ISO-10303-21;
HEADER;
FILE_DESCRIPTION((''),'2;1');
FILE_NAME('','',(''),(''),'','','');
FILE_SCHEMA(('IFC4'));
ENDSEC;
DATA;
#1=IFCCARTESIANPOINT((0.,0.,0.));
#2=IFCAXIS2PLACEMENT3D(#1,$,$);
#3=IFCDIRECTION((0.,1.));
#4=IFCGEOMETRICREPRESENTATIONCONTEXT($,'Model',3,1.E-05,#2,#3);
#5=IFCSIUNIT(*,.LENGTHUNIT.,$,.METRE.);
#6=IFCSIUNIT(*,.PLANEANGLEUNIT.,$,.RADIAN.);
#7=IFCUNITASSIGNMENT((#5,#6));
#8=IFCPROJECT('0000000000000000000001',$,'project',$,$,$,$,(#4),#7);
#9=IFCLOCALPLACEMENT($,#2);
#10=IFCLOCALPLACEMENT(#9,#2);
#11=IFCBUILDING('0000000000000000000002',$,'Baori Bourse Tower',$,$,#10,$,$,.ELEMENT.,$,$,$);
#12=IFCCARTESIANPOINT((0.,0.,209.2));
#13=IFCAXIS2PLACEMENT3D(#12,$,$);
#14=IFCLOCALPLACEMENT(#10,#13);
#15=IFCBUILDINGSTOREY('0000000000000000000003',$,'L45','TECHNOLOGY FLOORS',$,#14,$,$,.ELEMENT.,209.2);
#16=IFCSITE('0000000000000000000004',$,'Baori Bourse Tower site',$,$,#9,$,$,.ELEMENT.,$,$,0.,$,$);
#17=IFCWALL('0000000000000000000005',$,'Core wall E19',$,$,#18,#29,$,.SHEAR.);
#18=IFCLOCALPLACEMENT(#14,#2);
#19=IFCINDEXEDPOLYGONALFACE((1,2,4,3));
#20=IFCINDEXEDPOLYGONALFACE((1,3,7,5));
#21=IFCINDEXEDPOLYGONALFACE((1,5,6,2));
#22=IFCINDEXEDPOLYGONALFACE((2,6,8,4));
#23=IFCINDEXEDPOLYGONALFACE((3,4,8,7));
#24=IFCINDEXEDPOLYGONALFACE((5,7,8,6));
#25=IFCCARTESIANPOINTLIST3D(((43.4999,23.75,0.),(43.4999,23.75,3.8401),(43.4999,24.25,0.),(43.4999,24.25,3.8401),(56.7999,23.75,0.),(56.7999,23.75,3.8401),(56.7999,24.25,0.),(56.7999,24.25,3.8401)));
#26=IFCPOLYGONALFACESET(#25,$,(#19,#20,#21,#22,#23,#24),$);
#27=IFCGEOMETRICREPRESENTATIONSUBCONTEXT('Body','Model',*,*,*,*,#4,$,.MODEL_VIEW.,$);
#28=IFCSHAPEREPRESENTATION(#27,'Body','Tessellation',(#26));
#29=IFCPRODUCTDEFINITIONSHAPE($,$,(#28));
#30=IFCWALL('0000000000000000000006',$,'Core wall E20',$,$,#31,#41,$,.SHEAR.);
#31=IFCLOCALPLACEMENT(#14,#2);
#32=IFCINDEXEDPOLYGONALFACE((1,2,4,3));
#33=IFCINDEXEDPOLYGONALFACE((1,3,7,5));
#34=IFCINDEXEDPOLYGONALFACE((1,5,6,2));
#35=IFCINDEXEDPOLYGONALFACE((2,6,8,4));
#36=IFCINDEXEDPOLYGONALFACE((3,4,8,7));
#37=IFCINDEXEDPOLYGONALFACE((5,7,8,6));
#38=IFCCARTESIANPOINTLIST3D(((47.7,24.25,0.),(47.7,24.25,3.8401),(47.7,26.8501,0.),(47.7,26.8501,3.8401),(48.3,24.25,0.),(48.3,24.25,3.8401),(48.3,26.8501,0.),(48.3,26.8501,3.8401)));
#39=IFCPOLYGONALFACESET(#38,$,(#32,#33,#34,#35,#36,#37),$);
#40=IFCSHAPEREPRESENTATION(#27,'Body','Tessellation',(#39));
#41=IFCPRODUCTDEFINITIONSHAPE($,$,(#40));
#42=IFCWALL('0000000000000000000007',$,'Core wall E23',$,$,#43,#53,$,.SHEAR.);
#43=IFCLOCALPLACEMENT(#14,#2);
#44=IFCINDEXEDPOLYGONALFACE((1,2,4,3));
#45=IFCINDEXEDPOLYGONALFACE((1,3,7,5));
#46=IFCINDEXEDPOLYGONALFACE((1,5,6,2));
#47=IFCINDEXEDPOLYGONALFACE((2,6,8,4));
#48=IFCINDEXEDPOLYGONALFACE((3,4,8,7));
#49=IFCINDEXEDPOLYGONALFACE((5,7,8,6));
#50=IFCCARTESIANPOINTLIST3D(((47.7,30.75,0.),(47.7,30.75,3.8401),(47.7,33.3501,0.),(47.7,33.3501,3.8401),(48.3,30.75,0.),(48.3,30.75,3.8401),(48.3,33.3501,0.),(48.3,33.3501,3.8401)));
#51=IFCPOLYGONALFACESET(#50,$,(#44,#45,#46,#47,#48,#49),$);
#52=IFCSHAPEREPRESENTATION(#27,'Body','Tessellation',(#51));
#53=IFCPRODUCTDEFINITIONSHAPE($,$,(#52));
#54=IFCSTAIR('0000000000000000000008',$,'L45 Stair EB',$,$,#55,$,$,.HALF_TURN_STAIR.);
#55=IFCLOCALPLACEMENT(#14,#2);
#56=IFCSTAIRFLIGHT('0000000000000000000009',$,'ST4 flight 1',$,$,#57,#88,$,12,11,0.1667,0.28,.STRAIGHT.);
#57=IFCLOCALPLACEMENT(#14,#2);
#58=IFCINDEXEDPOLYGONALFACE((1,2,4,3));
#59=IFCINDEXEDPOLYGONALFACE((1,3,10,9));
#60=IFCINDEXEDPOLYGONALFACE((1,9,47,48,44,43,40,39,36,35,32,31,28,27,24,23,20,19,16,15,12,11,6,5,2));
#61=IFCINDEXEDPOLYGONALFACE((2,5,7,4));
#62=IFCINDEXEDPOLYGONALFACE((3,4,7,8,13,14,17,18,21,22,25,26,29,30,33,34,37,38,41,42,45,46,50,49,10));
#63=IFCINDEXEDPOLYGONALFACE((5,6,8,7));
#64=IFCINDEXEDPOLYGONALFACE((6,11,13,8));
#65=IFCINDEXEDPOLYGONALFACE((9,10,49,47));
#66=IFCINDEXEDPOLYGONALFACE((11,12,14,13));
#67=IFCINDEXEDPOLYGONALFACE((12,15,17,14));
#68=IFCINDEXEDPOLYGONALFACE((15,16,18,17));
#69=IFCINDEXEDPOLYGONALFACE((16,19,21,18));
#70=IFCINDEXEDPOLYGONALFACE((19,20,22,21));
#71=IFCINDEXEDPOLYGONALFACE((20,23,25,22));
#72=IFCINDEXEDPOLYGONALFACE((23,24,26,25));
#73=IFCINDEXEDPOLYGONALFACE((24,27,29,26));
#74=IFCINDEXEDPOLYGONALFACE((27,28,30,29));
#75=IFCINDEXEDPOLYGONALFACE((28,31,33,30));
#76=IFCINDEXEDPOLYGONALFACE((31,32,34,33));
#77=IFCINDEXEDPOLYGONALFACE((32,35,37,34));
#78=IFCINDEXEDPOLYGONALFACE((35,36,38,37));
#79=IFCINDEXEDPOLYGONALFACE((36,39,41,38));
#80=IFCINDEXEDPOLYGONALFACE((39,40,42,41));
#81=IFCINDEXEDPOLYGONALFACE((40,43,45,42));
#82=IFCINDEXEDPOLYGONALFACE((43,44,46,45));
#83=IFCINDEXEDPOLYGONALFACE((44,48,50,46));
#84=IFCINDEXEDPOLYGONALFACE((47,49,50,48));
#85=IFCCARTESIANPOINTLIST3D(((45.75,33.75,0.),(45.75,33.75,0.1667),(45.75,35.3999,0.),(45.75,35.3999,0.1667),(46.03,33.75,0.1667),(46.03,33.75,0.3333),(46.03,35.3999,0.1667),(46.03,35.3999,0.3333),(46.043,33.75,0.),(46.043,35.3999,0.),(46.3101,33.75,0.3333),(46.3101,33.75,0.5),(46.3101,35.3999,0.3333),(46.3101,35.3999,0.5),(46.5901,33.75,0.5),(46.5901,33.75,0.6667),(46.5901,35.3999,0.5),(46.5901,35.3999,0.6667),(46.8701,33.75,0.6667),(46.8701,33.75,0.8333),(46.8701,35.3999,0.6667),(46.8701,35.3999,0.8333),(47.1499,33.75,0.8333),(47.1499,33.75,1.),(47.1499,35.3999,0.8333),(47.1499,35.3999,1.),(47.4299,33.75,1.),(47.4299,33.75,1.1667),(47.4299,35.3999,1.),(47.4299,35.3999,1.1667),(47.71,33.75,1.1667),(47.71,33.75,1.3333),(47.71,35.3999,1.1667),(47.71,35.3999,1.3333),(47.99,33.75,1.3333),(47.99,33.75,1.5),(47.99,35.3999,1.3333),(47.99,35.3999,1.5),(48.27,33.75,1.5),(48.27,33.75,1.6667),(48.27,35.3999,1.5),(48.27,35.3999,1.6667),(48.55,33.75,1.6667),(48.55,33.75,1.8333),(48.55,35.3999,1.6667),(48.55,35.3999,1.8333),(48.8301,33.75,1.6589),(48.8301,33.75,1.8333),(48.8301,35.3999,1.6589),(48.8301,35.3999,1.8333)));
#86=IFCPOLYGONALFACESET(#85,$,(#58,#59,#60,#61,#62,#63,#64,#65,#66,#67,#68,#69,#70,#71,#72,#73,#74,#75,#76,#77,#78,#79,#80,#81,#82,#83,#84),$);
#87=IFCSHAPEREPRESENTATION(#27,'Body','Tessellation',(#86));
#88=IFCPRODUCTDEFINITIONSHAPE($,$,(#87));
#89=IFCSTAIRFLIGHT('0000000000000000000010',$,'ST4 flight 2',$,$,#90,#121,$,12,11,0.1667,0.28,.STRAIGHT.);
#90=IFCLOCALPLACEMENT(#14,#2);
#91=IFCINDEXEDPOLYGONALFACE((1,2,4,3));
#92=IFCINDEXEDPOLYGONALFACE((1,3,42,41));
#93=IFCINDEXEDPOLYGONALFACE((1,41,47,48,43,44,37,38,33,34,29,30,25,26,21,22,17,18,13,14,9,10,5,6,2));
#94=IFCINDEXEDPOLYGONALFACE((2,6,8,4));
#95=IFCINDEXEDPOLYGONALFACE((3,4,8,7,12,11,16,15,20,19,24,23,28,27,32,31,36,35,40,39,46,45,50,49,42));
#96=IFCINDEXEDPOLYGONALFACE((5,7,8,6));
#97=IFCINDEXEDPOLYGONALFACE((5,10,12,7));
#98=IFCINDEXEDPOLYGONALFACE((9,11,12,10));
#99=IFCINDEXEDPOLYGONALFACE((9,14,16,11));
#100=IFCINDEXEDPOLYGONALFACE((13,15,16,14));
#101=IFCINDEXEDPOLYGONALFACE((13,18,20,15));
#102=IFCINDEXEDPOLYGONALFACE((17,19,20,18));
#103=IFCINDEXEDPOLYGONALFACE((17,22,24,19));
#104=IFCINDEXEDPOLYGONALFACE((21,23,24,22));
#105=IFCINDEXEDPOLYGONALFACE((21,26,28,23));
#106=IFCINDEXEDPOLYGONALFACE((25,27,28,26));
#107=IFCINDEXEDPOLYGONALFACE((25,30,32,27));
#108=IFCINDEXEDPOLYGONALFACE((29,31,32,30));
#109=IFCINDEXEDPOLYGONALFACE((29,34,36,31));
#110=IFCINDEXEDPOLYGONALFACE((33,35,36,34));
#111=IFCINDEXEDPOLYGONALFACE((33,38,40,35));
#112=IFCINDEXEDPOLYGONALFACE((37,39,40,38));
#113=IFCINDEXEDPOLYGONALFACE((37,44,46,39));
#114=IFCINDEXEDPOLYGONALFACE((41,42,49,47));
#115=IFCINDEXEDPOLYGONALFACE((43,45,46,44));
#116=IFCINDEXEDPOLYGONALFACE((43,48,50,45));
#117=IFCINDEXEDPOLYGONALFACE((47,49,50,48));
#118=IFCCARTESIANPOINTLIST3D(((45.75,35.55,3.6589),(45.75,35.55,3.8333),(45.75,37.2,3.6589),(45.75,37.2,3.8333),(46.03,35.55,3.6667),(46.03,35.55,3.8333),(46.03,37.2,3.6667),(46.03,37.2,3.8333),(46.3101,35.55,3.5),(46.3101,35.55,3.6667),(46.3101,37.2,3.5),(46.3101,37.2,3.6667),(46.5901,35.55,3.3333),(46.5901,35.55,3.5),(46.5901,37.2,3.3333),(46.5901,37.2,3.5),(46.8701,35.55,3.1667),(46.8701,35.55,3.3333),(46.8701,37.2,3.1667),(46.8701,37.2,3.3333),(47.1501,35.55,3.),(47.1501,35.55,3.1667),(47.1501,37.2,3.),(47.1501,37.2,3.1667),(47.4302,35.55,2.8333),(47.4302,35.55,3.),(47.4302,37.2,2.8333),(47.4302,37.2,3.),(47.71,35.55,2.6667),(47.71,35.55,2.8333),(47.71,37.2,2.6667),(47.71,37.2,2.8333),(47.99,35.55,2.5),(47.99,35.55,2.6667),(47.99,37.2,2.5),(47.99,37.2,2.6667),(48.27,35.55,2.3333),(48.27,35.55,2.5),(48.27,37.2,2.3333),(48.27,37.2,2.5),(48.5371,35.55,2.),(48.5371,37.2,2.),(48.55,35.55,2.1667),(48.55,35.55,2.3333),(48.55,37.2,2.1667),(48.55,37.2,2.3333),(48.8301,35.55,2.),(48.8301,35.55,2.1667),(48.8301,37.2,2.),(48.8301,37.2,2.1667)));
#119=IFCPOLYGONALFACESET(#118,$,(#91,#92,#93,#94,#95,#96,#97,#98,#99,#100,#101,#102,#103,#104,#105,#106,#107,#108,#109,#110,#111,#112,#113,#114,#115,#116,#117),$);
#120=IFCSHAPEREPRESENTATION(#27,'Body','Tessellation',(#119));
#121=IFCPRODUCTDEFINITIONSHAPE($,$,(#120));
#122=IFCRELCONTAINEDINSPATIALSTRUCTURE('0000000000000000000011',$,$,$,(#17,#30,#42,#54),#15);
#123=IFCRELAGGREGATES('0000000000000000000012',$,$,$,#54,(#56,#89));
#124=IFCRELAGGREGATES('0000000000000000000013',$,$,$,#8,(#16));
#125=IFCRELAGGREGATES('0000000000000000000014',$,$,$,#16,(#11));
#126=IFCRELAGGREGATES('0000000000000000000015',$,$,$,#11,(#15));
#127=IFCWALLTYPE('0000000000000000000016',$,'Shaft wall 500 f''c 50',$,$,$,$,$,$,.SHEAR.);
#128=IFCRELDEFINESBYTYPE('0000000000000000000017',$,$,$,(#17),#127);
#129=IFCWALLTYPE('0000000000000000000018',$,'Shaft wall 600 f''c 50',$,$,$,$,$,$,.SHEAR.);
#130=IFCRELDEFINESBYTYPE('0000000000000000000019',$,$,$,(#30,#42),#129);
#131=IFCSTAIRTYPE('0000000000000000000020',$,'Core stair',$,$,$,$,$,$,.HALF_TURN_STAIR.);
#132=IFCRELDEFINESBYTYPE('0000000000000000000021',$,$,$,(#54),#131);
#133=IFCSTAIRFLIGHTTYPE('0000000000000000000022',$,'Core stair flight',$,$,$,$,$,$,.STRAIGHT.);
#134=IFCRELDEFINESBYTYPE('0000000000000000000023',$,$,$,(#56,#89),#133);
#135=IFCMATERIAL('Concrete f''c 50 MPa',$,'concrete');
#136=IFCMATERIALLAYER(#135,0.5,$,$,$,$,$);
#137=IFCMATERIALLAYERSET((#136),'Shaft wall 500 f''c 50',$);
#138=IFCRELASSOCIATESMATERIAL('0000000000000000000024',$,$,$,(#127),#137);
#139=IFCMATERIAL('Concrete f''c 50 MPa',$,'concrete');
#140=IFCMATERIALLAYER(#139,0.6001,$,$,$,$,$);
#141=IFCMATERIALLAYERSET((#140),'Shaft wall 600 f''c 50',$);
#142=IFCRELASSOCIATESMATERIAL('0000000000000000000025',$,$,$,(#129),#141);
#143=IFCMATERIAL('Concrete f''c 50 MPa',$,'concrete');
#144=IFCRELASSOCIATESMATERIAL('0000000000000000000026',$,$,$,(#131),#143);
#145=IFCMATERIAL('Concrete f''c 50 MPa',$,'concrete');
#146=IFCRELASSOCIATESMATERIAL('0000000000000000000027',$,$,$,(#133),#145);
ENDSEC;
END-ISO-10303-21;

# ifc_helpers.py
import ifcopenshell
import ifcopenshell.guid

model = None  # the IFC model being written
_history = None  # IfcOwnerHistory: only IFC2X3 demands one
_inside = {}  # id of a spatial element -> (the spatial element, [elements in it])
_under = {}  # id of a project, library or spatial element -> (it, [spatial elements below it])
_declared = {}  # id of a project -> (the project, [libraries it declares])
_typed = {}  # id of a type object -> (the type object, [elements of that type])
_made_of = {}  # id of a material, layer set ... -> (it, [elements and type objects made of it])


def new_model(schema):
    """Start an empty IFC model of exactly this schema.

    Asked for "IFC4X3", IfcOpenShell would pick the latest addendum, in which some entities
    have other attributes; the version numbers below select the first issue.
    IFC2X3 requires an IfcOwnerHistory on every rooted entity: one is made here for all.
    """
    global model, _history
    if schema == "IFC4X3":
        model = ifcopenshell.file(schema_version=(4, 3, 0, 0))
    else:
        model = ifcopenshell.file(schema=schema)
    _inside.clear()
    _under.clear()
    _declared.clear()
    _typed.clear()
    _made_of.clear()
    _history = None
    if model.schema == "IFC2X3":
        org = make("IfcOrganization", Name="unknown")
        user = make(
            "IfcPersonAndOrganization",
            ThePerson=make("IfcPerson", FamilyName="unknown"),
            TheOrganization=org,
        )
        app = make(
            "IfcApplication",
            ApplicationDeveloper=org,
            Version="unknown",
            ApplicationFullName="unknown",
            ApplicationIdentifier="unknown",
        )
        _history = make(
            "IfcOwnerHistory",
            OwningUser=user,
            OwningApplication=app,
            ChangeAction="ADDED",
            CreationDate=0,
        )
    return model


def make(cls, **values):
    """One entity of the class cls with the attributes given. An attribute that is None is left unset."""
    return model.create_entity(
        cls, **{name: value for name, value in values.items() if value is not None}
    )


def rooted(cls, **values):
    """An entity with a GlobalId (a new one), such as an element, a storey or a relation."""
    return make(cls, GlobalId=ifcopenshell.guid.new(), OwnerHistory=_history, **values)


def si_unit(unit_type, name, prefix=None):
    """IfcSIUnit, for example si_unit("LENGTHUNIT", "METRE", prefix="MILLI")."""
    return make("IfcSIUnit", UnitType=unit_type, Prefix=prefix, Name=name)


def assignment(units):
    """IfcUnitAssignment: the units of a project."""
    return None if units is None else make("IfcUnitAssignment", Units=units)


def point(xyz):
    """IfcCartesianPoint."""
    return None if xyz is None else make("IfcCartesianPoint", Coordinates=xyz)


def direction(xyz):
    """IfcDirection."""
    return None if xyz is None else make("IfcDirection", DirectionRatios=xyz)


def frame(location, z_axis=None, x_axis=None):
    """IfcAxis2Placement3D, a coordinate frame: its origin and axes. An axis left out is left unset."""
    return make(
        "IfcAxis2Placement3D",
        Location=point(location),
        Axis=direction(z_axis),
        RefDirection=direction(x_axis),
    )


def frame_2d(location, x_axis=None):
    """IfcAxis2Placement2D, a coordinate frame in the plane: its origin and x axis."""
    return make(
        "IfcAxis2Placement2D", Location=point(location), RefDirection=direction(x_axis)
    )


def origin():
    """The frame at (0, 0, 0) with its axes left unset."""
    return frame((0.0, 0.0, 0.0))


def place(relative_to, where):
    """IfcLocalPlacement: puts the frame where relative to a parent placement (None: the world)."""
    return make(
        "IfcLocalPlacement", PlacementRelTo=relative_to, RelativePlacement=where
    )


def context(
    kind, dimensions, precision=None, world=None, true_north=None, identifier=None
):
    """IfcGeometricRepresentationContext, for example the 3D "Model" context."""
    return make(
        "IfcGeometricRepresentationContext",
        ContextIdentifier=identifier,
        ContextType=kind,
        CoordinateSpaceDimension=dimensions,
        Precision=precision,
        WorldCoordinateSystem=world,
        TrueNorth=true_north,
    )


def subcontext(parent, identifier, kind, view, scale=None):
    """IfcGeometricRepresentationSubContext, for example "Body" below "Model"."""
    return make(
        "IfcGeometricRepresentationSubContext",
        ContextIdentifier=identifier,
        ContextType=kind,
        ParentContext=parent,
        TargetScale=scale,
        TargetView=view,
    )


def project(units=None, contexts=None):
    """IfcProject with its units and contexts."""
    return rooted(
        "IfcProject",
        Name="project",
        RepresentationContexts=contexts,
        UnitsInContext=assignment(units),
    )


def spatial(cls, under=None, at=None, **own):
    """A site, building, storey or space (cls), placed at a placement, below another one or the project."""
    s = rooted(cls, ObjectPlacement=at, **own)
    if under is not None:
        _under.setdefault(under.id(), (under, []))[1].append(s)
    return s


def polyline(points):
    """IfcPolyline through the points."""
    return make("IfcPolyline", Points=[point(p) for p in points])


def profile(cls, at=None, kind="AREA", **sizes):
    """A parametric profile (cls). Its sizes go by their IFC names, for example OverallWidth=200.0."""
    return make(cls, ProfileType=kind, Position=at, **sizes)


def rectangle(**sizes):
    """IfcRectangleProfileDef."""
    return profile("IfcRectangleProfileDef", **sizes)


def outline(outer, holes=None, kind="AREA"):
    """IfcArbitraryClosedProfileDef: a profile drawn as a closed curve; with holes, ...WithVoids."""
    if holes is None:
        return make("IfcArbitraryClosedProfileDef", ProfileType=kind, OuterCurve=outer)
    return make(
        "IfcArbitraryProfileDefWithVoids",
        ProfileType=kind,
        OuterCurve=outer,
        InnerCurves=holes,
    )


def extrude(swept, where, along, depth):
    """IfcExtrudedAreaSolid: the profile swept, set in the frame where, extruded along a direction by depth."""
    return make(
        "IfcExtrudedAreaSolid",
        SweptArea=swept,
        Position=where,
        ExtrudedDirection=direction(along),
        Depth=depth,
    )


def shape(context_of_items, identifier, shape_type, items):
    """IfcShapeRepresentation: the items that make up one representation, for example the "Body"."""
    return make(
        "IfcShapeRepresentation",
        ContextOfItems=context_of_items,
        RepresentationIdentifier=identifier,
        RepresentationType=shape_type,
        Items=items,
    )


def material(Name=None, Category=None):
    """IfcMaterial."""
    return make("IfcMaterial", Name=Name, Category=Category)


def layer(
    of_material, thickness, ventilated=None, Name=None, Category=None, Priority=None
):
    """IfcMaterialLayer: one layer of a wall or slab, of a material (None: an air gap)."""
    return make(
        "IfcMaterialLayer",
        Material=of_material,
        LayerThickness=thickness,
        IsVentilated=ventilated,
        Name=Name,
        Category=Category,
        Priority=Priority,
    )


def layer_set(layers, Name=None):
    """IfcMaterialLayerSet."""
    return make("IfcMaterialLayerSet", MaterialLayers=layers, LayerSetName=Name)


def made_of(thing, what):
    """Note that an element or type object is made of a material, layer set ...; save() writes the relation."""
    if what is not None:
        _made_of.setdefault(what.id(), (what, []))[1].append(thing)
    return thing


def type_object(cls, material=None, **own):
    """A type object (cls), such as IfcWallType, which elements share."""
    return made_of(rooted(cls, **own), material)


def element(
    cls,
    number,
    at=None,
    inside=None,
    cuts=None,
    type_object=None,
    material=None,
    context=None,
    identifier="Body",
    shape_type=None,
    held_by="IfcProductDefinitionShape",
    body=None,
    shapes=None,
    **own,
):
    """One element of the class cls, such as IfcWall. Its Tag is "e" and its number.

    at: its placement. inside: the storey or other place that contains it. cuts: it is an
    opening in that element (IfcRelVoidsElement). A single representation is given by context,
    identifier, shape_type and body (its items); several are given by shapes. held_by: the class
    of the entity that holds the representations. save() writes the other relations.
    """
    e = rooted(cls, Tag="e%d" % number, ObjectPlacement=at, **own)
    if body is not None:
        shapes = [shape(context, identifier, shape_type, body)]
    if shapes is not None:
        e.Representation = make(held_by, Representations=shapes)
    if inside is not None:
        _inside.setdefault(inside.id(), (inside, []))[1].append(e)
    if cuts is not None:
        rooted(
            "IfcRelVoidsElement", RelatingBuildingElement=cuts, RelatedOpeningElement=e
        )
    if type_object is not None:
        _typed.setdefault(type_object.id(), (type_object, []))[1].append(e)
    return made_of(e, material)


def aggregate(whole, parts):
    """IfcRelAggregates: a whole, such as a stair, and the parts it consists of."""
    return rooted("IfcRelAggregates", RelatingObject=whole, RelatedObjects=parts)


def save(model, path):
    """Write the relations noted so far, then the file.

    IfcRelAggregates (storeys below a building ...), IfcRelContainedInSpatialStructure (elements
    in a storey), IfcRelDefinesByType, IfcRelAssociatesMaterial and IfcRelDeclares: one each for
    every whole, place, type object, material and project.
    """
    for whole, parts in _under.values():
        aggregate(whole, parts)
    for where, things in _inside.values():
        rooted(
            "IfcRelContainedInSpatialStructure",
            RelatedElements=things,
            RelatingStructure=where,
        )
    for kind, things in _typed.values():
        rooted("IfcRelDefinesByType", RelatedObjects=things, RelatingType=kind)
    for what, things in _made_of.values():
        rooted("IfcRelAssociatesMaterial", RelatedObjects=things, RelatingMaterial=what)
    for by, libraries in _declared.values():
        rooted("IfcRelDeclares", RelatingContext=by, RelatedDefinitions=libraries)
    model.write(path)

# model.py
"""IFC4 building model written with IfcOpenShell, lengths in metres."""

from ifc_helpers import new_model, si_unit, direction, frame, frame_2d, origin, place, context, subcontext, project, spatial, polyline, rectangle, outline, extrude, material, layer, layer_set, type_object, element, aggregate, save


model = new_model("IFC4")

# Units and contexts
model_context = context("Model", 3, precision=1e-05, world=origin(), true_north=direction((0.0, 1.0)))
body_context = subcontext(model_context, "Body", "Model", "MODEL_VIEW")
ifc_project = project(units=[si_unit("LENGTHUNIT", "METRE"), si_unit("PLANEANGLEUNIT", "RADIAN")], contexts=[model_context])

# Site, building, storey
site_placement = place(None, origin())
site = spatial("IfcSite", under=ifc_project, at=site_placement, Name="Baori Bourse Tower site", CompositionType="ELEMENT", RefElevation=0.0)
building_placement = place(site_placement, origin())
building = spatial("IfcBuilding", under=site, at=building_placement, Name="Baori Bourse Tower", CompositionType="ELEMENT")
storey_placement = place(building_placement, frame((0.0, 0.0, 209.2)))
storey = spatial("IfcBuildingStorey", under=building, at=storey_placement, Name="L45", Description="TECHNOLOGY FLOORS", CompositionType="ELEMENT", Elevation=209.2)

# Walls
ifc_material_1 = material(Name="Concrete f'c 50 MPa", Category="concrete")
ifc_layer_1 = layer(ifc_material_1, 0.5)
ifc_layer_set_1 = layer_set([ifc_layer_1], Name="Shaft wall 500 f'c 50")
wall_type_1 = type_object("IfcWallType", Name="Shaft wall 500 f'c 50", PredefinedType="SHEAR", material=ifc_layer_set_1)
wall_1_placement = place(storey_placement, frame((43.5, 24.0, 0.0), z_axis=(0.0, 0.0, 1.0), x_axis=(1.0, 0.0, 0.0)))
element("IfcWall", 1, at=wall_1_placement, inside=storey, type_object=wall_type_1, Name="Core wall E19", PredefinedType="SHEAR", context=body_context, shape_type="SweptSolid", body=[
    extrude(rectangle(XDim=13.3, YDim=0.5, at=frame_2d((6.6499, 0.0))), origin(), (0.0, 0.0, 1.0), 3.8401),
])
ifc_material_2 = material(Name="Concrete f'c 50 MPa", Category="concrete")
ifc_layer_2 = layer(ifc_material_2, 0.6001)
ifc_layer_set_2 = layer_set([ifc_layer_2], Name="Shaft wall 600 f'c 50")
wall_type_2 = type_object("IfcWallType", Name="Shaft wall 600 f'c 50", PredefinedType="SHEAR", material=ifc_layer_set_2)
for number, where, z_axis, x_axis, name in (
    (2, (48.0, 24.25, 0.0), (0.0, 0.0, 1.0), (0.0, 1.0, 0.0), "Core wall E20"),
    (3, (48.0, 30.75, 0.0), (0.0, 0.0, 1.0), (0.0, 1.0, 0.0), "Core wall E23"),
):
    element("IfcWall", number, at=place(storey_placement, frame(where, z_axis=z_axis, x_axis=x_axis)), inside=storey, type_object=wall_type_2, Name=name, PredefinedType="SHEAR", context=body_context, shape_type="SweptSolid", body=[
        extrude(rectangle(XDim=2.6001, YDim=0.6001, at=frame_2d((1.3, 0.0))), origin(), (0.0, 0.0, 1.0), 3.8401),
    ])

# Stair, stair flights
ifc_material_3 = material(Name="Concrete f'c 50 MPa", Category="concrete")
stair_type = type_object("IfcStairType", Name="Core stair", PredefinedType="HALF_TURN_STAIR", material=ifc_material_3)
stair_placement = place(storey_placement, origin())
stair = element("IfcStair", 4, at=stair_placement, inside=storey, type_object=stair_type, Name="L45 Stair EB", PredefinedType="HALF_TURN_STAIR")
ifc_material_4 = material(Name="Concrete f'c 50 MPa", Category="concrete")
stair_flight_type = type_object("IfcStairFlightType", Name="Core stair flight", PredefinedType="STRAIGHT", material=ifc_material_4)
stair_flight_1_placement = place(storey_placement, frame((45.75, 34.575, 0.0), z_axis=(0.0, 0.0, 1.0), x_axis=(1.0, 0.0, 0.0)))
stair_flight_1 = element("IfcStairFlight", 5, at=stair_flight_1_placement, type_object=stair_flight_type, Name="ST4 flight 1", NumberOfRisers=12, NumberOfTreads=11, PredefinedType="STRAIGHT", RiserHeight=0.1667, TreadLength=0.28, context=body_context, shape_type="SweptSolid", body=[
    extrude(outline(polyline([(0.0, 0.0), (0.0, 0.1667), (0.28, 0.1667), (0.28, 0.3333), (0.5601, 0.3333), (0.5601, 0.5), (0.8401, 0.5), (0.8401, 0.6667), (1.1201, 0.6667), (1.1201, 0.8333), (1.3999, 0.8333), (1.3999, 1.0), (1.6799, 1.0), (1.6799, 1.1667), (1.96, 1.1667), (1.96, 1.3333), (2.24, 1.3333), (2.24, 1.5), (2.52, 1.5), (2.52, 1.6667), (2.8, 1.6667), (2.8, 1.8333), (3.0801, 1.8333), (3.0801, 2.0), (3.0801, 1.6589), (0.293, 0.0), (0.0, 0.0)])), frame((0.0, 0.825, 0.0), z_axis=(0.0, -1.0, 0.0), x_axis=(1.0, 0.0, 0.0)), (0.0, 0.0, 1.0), 1.6499),
])
stair_flight_2_placement = place(storey_placement, frame((48.8301, 36.375, 2.0), z_axis=(0.0, 0.0, 1.0), x_axis=(-1.0, 0.0, 0.0)))
stair_flight_2 = element("IfcStairFlight", 6, at=stair_flight_2_placement, type_object=stair_flight_type, Name="ST4 flight 2", NumberOfRisers=12, NumberOfTreads=11, PredefinedType="STRAIGHT", RiserHeight=0.1667, TreadLength=0.28, context=body_context, shape_type="SweptSolid", body=[
    extrude(outline(polyline([(0.0, 0.0), (0.0, 0.1667), (0.28, 0.1667), (0.28, 0.3333), (0.5601, 0.3333), (0.5601, 0.5), (0.8401, 0.5), (0.8401, 0.6667), (1.1201, 0.6667), (1.1201, 0.8333), (1.3999, 0.8333), (1.3999, 1.0), (1.6799, 1.0), (1.6799, 1.1667), (1.96, 1.1667), (1.96, 1.3333), (2.24, 1.3333), (2.24, 1.5), (2.52, 1.5), (2.52, 1.6667), (2.8, 1.6667), (2.8, 1.8333), (3.0801, 1.8333), (3.0801, 2.0), (3.0801, 1.6589), (0.293, 0.0), (0.0, 0.0)])), frame((0.0, 0.825, 0.0), z_axis=(0.0, -1.0, 0.0), x_axis=(1.0, 0.0, 0.0)), (0.0, 0.0, 1.0), 1.6499),
])
aggregate(stair, [stair_flight_1, stair_flight_2])

save(model, "model.ifc")
